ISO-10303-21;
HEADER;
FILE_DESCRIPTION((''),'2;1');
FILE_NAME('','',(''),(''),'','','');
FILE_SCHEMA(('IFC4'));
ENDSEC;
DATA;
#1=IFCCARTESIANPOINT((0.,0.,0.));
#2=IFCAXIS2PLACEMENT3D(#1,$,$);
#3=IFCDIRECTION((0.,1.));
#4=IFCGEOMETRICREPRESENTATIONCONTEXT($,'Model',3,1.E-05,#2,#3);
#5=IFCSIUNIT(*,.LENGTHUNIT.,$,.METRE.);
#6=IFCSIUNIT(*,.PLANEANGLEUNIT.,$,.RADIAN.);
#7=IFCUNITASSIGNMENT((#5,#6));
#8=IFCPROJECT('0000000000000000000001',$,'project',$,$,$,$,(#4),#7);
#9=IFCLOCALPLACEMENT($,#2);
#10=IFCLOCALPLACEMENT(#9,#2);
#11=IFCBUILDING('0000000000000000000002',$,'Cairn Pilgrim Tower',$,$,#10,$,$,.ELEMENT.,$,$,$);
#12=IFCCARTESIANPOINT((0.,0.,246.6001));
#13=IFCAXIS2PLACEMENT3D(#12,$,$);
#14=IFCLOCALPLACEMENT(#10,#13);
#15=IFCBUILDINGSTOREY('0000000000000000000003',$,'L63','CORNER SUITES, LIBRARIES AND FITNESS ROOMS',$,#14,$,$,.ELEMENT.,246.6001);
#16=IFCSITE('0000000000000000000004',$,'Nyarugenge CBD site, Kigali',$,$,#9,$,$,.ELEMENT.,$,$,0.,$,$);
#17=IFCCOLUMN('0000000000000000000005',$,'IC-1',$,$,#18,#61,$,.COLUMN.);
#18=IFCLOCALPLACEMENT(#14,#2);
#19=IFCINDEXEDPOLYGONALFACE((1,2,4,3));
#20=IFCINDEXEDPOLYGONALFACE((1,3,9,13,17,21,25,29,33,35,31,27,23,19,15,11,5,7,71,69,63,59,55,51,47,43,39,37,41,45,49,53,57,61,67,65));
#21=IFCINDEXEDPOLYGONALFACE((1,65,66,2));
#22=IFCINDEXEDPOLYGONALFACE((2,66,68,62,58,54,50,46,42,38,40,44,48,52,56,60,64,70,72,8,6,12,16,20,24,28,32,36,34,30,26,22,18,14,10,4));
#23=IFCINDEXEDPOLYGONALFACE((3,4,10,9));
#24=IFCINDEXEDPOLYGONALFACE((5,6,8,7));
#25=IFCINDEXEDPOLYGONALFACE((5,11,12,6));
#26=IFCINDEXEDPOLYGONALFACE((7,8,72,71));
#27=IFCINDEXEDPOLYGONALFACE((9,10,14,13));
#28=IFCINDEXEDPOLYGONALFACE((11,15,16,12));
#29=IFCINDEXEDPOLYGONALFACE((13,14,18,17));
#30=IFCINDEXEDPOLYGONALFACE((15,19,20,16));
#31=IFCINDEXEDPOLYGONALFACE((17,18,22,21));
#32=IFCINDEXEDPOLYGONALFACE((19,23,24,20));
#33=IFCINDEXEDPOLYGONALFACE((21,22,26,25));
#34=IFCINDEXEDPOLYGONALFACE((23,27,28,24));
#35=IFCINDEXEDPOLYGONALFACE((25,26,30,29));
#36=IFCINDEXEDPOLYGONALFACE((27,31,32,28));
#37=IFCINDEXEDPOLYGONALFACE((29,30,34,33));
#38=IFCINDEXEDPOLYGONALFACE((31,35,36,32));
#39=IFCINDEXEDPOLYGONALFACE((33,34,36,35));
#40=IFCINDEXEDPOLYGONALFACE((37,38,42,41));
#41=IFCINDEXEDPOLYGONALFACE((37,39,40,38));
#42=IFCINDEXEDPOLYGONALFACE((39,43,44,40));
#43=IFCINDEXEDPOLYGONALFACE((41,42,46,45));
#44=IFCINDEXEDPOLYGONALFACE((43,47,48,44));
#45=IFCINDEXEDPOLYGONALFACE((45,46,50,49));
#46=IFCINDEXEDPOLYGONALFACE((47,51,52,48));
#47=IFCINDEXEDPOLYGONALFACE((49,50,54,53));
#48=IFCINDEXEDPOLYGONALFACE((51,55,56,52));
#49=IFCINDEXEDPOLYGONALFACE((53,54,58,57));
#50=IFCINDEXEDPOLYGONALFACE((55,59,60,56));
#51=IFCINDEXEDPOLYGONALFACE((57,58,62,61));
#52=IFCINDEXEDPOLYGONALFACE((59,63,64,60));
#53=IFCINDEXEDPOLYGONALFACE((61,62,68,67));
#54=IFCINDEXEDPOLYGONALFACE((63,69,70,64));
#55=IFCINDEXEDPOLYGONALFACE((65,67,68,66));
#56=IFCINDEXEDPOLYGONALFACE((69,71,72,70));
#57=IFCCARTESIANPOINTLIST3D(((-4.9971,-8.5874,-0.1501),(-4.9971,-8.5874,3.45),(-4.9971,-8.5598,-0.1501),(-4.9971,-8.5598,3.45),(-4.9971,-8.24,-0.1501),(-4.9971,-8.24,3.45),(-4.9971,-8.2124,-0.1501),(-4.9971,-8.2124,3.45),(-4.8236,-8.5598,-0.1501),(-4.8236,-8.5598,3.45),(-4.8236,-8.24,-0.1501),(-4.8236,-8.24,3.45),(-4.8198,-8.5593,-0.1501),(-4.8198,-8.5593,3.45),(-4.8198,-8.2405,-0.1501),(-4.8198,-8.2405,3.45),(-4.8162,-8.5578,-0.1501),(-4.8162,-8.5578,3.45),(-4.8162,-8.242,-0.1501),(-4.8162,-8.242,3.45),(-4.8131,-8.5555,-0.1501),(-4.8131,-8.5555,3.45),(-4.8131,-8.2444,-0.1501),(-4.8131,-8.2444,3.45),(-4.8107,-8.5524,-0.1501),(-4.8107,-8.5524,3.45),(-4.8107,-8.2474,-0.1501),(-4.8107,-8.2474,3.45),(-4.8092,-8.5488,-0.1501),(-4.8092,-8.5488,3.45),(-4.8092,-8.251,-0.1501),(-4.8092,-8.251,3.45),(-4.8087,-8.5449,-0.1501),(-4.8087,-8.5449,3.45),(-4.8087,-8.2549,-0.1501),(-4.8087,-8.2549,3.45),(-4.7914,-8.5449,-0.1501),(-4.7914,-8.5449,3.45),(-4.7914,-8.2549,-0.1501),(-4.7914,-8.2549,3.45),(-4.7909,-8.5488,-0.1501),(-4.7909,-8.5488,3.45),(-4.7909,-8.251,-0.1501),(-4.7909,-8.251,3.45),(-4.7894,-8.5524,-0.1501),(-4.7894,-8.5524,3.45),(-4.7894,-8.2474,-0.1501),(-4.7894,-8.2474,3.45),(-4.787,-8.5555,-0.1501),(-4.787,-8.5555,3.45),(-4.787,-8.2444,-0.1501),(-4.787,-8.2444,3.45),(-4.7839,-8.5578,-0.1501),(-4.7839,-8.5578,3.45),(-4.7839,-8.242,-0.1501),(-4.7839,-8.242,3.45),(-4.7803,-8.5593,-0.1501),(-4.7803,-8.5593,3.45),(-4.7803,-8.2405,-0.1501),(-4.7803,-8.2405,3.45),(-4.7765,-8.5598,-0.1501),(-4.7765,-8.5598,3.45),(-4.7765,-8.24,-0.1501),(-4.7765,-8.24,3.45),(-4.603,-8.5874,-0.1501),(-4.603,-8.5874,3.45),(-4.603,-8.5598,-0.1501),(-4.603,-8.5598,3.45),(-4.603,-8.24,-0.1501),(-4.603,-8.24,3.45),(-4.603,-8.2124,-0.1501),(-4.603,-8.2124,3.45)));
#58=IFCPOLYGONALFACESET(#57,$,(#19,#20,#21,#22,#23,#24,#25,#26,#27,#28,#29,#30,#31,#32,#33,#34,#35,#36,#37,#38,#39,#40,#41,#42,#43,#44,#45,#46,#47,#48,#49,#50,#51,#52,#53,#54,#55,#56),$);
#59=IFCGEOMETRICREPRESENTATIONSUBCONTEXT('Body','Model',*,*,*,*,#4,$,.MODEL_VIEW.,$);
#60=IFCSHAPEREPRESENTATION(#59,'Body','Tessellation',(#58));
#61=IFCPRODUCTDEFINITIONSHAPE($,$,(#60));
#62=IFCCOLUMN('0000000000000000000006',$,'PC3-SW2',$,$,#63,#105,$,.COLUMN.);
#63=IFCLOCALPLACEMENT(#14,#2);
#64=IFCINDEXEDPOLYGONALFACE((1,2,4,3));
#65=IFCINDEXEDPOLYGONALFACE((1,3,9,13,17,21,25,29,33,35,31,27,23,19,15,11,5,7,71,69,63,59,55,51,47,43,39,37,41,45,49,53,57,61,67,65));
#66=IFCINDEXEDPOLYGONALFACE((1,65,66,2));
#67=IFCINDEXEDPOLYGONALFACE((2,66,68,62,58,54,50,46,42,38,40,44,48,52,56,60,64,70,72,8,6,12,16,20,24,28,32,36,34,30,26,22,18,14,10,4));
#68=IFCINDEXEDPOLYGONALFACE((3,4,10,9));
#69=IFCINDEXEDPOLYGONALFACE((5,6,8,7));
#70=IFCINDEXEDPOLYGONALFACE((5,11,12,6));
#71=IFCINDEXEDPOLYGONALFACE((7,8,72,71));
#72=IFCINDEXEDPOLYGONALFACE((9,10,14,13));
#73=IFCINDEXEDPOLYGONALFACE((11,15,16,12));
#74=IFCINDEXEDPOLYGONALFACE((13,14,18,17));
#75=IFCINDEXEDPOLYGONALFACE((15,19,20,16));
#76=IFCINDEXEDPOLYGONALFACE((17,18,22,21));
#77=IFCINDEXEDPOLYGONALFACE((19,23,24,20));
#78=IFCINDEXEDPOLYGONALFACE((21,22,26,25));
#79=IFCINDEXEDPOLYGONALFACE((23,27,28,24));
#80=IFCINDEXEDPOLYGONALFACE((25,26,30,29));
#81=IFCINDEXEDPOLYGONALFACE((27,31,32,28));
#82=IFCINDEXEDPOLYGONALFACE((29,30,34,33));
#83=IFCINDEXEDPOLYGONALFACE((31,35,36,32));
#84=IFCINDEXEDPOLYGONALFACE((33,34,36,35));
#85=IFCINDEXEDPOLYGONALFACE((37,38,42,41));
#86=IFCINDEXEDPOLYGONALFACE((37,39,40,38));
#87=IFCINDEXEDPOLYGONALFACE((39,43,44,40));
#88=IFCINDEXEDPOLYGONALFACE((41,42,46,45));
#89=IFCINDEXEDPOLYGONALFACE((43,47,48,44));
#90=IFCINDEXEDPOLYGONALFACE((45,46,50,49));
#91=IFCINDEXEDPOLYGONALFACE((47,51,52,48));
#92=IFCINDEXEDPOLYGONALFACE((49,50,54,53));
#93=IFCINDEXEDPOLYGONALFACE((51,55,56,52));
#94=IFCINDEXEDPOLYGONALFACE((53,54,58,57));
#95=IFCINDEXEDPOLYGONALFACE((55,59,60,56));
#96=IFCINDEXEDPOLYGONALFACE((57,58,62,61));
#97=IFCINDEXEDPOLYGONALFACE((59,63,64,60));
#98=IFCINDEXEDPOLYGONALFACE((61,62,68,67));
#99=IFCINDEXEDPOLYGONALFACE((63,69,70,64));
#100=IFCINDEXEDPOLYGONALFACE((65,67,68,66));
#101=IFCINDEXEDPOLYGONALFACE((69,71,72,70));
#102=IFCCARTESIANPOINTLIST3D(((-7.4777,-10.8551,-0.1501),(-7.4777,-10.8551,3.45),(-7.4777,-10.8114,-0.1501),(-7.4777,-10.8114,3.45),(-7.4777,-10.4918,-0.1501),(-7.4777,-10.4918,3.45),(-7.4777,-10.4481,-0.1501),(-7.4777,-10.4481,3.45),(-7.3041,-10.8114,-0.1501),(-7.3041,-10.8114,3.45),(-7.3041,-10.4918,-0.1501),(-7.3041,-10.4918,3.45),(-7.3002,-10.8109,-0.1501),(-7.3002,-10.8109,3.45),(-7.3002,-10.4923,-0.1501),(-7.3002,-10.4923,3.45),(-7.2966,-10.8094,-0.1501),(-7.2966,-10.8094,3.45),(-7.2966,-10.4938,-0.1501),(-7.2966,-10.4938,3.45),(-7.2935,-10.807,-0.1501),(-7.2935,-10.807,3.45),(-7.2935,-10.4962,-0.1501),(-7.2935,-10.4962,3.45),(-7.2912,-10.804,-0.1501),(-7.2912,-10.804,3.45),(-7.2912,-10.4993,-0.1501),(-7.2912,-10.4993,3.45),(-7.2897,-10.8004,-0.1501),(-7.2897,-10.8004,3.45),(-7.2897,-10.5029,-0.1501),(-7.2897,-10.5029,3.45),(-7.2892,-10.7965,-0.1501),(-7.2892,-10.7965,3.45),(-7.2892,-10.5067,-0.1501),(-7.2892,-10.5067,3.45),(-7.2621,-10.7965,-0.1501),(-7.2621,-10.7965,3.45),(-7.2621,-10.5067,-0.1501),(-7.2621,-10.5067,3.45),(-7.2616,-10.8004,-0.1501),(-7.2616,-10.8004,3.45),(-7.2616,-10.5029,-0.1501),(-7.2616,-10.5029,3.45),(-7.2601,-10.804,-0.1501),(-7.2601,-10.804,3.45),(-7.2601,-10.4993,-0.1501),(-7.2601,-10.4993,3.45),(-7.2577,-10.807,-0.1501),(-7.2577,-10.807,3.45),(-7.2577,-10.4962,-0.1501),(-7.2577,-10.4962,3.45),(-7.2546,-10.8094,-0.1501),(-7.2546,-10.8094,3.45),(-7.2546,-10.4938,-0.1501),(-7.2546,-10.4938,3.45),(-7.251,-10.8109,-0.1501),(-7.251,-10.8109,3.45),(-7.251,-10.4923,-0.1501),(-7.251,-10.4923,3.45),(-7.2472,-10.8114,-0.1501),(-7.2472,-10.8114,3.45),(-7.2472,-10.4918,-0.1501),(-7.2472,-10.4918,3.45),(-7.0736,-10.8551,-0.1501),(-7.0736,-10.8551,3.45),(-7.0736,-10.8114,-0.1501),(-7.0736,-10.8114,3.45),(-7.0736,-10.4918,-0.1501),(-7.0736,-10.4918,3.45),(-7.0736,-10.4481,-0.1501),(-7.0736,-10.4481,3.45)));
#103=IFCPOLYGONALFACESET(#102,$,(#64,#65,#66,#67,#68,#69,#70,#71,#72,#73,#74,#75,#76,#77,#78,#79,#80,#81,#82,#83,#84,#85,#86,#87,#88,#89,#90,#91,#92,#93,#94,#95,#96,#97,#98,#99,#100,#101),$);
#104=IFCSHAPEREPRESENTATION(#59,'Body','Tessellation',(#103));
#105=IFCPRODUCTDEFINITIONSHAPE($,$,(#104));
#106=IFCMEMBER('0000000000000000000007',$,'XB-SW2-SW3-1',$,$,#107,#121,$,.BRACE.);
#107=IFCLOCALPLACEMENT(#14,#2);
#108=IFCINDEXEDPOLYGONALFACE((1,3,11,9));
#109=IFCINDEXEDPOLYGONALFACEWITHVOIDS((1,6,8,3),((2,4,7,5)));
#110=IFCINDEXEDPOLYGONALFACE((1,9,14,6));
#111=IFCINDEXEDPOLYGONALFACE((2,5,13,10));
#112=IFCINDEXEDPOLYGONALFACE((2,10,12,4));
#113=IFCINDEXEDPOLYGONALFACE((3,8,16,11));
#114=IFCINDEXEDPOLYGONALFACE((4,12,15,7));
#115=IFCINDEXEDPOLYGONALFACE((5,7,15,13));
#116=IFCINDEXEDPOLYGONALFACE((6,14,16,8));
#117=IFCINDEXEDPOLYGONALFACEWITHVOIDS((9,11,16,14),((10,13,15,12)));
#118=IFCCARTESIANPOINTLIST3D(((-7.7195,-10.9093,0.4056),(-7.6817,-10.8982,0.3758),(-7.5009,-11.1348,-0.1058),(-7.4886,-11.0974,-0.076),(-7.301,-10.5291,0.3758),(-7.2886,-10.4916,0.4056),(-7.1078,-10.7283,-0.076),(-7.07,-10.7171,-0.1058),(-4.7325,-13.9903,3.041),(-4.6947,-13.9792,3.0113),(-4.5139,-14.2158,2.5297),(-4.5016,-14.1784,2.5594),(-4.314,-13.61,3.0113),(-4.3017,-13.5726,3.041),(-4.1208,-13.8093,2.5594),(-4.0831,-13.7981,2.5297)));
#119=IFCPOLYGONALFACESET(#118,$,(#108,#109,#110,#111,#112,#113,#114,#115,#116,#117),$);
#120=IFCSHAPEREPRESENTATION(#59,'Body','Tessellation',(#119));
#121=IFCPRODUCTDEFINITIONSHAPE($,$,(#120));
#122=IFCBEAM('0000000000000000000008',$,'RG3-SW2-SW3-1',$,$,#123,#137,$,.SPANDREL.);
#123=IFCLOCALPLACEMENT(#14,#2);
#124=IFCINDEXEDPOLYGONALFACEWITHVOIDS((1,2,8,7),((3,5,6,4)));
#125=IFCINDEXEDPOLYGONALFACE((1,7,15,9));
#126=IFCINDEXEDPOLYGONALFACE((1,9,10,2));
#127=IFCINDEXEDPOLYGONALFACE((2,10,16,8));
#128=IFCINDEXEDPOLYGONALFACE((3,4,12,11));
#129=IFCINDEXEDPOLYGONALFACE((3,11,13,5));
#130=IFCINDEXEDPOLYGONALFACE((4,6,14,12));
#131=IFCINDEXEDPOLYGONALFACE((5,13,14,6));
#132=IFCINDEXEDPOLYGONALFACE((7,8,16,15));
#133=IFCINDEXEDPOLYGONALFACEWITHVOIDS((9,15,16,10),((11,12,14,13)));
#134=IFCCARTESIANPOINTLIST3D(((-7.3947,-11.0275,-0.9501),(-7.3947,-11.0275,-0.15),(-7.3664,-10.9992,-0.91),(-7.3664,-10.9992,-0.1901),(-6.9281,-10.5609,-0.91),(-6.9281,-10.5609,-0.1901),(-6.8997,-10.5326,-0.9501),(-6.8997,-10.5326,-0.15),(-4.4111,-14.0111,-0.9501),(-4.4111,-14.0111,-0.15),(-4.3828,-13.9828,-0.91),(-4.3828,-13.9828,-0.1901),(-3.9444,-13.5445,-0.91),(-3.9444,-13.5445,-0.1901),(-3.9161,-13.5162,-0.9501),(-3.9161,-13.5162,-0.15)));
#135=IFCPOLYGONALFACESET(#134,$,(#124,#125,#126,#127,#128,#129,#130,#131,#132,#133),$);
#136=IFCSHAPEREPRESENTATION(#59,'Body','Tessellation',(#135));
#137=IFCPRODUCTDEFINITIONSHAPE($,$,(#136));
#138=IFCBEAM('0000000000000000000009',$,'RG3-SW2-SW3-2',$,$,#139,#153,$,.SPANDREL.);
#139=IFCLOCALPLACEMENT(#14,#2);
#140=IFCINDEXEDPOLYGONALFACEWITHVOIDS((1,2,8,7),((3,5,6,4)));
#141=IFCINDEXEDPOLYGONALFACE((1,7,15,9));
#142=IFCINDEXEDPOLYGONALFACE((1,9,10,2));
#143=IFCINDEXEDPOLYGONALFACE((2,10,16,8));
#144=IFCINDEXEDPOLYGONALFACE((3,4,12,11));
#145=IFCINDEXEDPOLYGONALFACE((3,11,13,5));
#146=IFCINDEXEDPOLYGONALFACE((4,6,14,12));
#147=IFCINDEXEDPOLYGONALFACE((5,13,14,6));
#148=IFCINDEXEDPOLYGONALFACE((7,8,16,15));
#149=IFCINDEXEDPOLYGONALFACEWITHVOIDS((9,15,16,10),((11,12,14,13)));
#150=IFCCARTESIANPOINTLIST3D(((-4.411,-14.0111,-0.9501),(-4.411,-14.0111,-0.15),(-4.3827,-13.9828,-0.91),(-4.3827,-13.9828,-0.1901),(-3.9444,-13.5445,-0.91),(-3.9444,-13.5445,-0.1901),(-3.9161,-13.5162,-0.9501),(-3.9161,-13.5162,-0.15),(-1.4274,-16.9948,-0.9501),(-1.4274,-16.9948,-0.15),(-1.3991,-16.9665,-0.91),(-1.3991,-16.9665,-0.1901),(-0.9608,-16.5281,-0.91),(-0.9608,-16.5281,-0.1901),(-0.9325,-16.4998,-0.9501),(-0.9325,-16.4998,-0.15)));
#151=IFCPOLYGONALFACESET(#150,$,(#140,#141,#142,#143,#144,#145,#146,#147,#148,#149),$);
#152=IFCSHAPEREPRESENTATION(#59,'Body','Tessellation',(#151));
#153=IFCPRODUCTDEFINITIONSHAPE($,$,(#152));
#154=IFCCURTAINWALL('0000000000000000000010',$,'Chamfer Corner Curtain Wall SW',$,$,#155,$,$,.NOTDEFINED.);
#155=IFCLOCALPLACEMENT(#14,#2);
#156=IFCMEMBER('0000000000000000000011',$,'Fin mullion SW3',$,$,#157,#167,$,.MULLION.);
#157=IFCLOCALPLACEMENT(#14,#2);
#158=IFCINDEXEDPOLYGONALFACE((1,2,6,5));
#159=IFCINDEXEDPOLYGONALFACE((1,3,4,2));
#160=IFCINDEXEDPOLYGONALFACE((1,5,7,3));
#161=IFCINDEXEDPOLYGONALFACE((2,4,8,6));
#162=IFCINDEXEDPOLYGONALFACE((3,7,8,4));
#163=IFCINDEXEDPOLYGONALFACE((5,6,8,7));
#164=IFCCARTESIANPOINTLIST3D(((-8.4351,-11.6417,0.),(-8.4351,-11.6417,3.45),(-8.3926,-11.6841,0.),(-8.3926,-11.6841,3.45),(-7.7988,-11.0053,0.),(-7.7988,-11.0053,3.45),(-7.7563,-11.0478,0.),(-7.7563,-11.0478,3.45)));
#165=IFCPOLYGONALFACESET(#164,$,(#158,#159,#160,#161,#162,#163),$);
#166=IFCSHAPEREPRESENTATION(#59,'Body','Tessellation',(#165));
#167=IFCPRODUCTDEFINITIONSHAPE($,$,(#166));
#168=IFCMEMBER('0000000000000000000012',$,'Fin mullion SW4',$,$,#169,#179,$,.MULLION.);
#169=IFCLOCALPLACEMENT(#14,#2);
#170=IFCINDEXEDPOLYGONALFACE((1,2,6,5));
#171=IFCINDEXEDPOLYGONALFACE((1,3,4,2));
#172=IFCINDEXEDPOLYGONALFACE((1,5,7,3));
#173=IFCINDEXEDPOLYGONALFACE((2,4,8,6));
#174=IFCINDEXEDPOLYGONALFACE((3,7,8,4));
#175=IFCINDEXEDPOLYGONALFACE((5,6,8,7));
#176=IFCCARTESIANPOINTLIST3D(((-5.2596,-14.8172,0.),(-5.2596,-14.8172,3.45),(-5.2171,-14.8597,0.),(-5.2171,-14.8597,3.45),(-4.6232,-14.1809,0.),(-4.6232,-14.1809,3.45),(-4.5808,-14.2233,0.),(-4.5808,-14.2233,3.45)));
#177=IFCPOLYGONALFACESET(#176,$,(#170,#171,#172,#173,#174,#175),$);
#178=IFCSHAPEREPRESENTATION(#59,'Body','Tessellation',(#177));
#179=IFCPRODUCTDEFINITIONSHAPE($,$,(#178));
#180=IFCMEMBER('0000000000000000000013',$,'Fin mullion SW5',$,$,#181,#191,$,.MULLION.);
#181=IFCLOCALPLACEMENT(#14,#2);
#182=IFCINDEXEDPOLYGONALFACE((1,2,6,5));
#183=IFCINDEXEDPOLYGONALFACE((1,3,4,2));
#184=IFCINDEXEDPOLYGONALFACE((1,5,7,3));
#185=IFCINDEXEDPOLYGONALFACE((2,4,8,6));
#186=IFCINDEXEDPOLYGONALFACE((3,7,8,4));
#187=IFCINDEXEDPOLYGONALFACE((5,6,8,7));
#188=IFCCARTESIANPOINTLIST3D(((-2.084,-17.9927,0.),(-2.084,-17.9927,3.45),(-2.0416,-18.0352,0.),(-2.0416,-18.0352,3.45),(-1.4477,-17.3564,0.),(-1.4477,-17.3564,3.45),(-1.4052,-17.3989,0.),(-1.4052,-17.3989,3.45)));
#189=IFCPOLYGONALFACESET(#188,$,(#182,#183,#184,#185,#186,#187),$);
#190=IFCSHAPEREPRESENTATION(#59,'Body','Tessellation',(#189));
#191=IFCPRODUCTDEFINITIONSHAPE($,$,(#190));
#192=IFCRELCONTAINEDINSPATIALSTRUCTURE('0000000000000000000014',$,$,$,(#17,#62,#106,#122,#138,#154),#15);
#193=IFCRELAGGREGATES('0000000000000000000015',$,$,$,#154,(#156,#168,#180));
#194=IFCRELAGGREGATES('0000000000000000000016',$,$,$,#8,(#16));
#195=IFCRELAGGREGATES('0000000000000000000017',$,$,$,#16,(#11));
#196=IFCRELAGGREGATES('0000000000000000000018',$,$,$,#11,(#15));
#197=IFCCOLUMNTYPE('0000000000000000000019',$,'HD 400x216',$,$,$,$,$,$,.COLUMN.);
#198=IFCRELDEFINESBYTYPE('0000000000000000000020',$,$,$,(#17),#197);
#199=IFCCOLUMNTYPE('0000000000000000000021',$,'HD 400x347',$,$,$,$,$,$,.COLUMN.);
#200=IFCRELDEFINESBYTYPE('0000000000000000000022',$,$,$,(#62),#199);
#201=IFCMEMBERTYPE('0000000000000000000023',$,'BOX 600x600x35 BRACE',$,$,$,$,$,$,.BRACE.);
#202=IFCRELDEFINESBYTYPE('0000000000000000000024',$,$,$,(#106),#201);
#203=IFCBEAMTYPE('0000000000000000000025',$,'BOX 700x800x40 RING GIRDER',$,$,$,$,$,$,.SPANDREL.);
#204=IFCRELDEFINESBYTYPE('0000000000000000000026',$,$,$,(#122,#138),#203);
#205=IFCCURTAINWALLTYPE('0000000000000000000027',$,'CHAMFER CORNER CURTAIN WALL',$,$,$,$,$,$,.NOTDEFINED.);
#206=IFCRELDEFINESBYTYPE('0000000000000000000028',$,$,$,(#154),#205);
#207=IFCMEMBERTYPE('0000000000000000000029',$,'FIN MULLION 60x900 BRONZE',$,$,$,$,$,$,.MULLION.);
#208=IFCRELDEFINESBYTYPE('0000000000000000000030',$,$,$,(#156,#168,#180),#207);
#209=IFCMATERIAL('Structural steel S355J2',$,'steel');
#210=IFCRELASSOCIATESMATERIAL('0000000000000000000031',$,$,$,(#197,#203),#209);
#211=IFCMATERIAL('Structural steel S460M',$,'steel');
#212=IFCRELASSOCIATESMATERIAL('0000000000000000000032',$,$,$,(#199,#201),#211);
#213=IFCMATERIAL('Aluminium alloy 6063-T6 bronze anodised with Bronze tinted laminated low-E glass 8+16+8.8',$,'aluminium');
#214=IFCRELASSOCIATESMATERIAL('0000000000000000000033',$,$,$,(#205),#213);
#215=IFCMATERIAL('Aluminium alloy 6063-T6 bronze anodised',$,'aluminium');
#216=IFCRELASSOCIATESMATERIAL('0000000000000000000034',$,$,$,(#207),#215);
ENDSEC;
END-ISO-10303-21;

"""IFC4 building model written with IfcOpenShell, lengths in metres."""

from ifc_helpers import new_model, si_unit, direction, frame, origin, origin_2d, place, context, subcontext, project, spatial, rectangle, hollow_rectangle, i_section, extrude, material, material_profile, profile_set, type_object, element, aggregate, save


model = new_model("IFC4")

# Units and contexts
model_context = context("Model", 3, precision=1e-05, world=origin(), true_north=direction((0.0, 1.0)))
body_context = subcontext(model_context, "Body", "Model", "MODEL_VIEW")
ifc_project = project(units=[si_unit("LENGTHUNIT", "METRE"), si_unit("PLANEANGLEUNIT", "RADIAN")], contexts=[model_context])

# Site, building, storey
site_placement = place(None, origin())
site = spatial("IfcSite", under=ifc_project, at=site_placement, Name="Nyarugenge CBD site, Kigali", CompositionType="ELEMENT", RefElevation=0.0)
building_placement = place(site_placement, origin())
building = spatial("IfcBuilding", under=site, at=building_placement, Name="Cairn Pilgrim Tower", CompositionType="ELEMENT")
storey_placement = place(building_placement, frame((0.0, 0.0, 246.6001)))
storey = spatial("IfcBuildingStorey", under=building, at=storey_placement, Name="L63", Description="CORNER SUITES, LIBRARIES AND FITNESS ROOMS", CompositionType="ELEMENT", Elevation=246.6001)

# Columns
ifc_material_1 = material(Name="Structural steel S355J2", Category="steel")
ifc_material_profile_1 = material_profile(ifc_material_1, i_section(OverallWidth=0.394, OverallDepth=0.375, WebThickness=0.0173, FlangeThickness=0.0276, FilletRadius=0.0149, at=origin_2d()), Name="HD 400x216")
ifc_profile_set_1 = profile_set([ifc_material_profile_1], Name="Structural steel S355J2")
column_type_1 = type_object("IfcColumnType", Name="HD 400x216", PredefinedType="COLUMN", material=ifc_profile_set_1)
column_1_placement = place(storey_placement, frame((-4.8, -8.3999, -0.1501), z_axis=(0.0, 0.0, 1.0), x_axis=(1.0, 0.0, 0.0)))
element("IfcColumn", 1, at=column_1_placement, inside=storey, type_object=column_type_1, Name="IC-1", PredefinedType="COLUMN", context=body_context, shape_type="SweptSolid", body=[
    extrude(i_section(OverallWidth=0.394, OverallDepth=0.375, WebThickness=0.0173, FlangeThickness=0.0276, FilletRadius=0.0149, at=origin_2d()), origin(), (0.0, 0.0, 1.0), 3.6001),
])
ifc_material_2 = material(Name="Structural steel S460M", Category="steel")
ifc_material_profile_2 = material_profile(ifc_material_2, i_section(OverallWidth=0.4041, OverallDepth=0.407, WebThickness=0.0271, FlangeThickness=0.0437, FilletRadius=0.0149, at=origin_2d()), Name="HD 400x347")
ifc_profile_set_2 = profile_set([ifc_material_profile_2], Name="Structural steel S460M")
column_type_2 = type_object("IfcColumnType", Name="HD 400x347", PredefinedType="COLUMN", material=ifc_profile_set_2)
column_2_placement = place(storey_placement, frame((-7.2756, -10.6516, -0.1501), z_axis=(0.0, 0.0, 1.0), x_axis=(1.0, 0.0, 0.0)))
element("IfcColumn", 2, at=column_2_placement, inside=storey, type_object=column_type_2, Name="PC3-SW2", PredefinedType="COLUMN", context=body_context, shape_type="SweptSolid", body=[
    extrude(i_section(OverallWidth=0.4041, OverallDepth=0.407, WebThickness=0.0271, FlangeThickness=0.0437, FilletRadius=0.0149, at=origin_2d()), origin(), (0.0, 0.0, 1.0), 3.6001),
])

# Member
ifc_material_profile_3 = material_profile(ifc_material_2, hollow_rectangle(XDim=0.6001, YDim=0.6001, WallThickness=0.0349, at=origin_2d()), Name="BOX 600x600x35")
ifc_profile_set_3 = profile_set([ifc_material_profile_3], Name="Structural steel S460M")
member_type_1 = type_object("IfcMemberType", Name="BOX 600x600x35 BRACE", PredefinedType="BRACE", material=ifc_profile_set_3)
member_1_placement = place(storey_placement, frame((-7.3948, -10.8132, 0.1499), z_axis=(0.593142, -0.611806, 0.523332), x_axis=(0.717974, 0.69607, 0.0)))
element("IfcMember", 3, at=member_1_placement, inside=storey, type_object=member_type_1, Name="XB-SW2-SW3-1", PredefinedType="BRACE", context=body_context, shape_type="SweptSolid", body=[
    extrude(hollow_rectangle(XDim=0.6001, YDim=0.6001, WallThickness=0.0349, at=origin_2d()), origin(), (0.0, 0.0, 1.0), 5.0359),
])

# Beams
ifc_material_profile_4 = material_profile(ifc_material_1, hollow_rectangle(XDim=0.7, YDim=0.8, WallThickness=0.04, at=origin_2d()), Name="BOX 700x800x40")
ifc_profile_set_4 = profile_set([ifc_material_profile_4], Name="Structural steel S355J2")
beam_type_1 = type_object("IfcBeamType", Name="BOX 700x800x40 RING GIRDER", PredefinedType="SPANDREL", material=ifc_profile_set_4)
for number, where, z_axis, x_axis, name in (
    (4, (-7.1472, -10.78, -0.55), (0.707107, -0.707107, 0.0), (0.707107, 0.707107, 0.0), "RG3-SW2-SW3-1"),
    (5, (-4.1636, -13.7637, -0.55), (0.707107, -0.707107, 0.0), (0.707107, 0.707107, 0.0), "RG3-SW2-SW3-2"),
):
    element("IfcBeam", number, at=place(storey_placement, frame(where, z_axis=z_axis, x_axis=x_axis)), inside=storey, type_object=beam_type_1, Name=name, PredefinedType="SPANDREL", context=body_context, shape_type="SweptSolid", body=[
        extrude(hollow_rectangle(XDim=0.7, YDim=0.8, WallThickness=0.04, at=origin_2d()), origin(), (0.0, 0.0, 1.0), 4.2195),
    ])

# Curtain wall, members
ifc_material_3 = material(Name="Aluminium alloy 6063-T6 bronze anodised with Bronze tinted laminated low-E glass 8+16+8.8", Category="aluminium")
curtain_wall_type = type_object("IfcCurtainWallType", Name="CHAMFER CORNER CURTAIN WALL", PredefinedType="NOTDEFINED", material=ifc_material_3)
curtain_wall_placement = place(storey_placement, origin())
curtain_wall = element("IfcCurtainWall", 6, at=curtain_wall_placement, inside=storey, type_object=curtain_wall_type, Name="Chamfer Corner Curtain Wall SW", PredefinedType="NOTDEFINED")
ifc_material_4 = material(Name="Aluminium alloy 6063-T6 bronze anodised", Category="aluminium")
ifc_material_profile_5 = material_profile(ifc_material_4, rectangle(XDim=0.8999, YDim=0.0601, at=origin_2d()), Name="FIN MULLION 60x900 BRONZE")
ifc_profile_set_5 = profile_set([ifc_material_profile_5], Name="Aluminium alloy 6063-T6 bronze anodised")
member_type_2 = type_object("IfcMemberType", Name="FIN MULLION 60x900 BRONZE", PredefinedType="MULLION", material=ifc_profile_set_5)
member_2_placement = place(storey_placement, frame((-8.0957, -11.3447, 0.0), z_axis=(0.0, 0.0, 1.0), x_axis=(-0.707107, -0.707107, 0.0)))
member_2 = element("IfcMember", 7, at=member_2_placement, type_object=member_type_2, Name="Fin mullion SW3", PredefinedType="MULLION", context=body_context, shape_type="SweptSolid", body=[
    extrude(rectangle(XDim=0.8999, YDim=0.0601, at=origin_2d()), origin(), (0.0, 0.0, 1.0), 3.45),
])
member_3_placement = place(storey_placement, frame((-4.9202, -14.5203, 0.0), z_axis=(0.0, 0.0, 1.0), x_axis=(-0.707107, -0.707107, 0.0)))
member_3 = element("IfcMember", 8, at=member_3_placement, type_object=member_type_2, Name="Fin mullion SW4", PredefinedType="MULLION", context=body_context, shape_type="SweptSolid", body=[
    extrude(rectangle(XDim=0.8999, YDim=0.0601, at=origin_2d()), origin(), (0.0, 0.0, 1.0), 3.45),
])
member_4_placement = place(storey_placement, frame((-1.7446, -17.6958, 0.0), z_axis=(0.0, 0.0, 1.0), x_axis=(-0.707107, -0.707107, 0.0)))
member_4 = element("IfcMember", 9, at=member_4_placement, type_object=member_type_2, Name="Fin mullion SW5", PredefinedType="MULLION", context=body_context, shape_type="SweptSolid", body=[
    extrude(rectangle(XDim=0.8999, YDim=0.0601, at=origin_2d()), origin(), (0.0, 0.0, 1.0), 3.45),
])

aggregate(curtain_wall, [member_2, member_3, member_4])

save(model, "model.ifc")
